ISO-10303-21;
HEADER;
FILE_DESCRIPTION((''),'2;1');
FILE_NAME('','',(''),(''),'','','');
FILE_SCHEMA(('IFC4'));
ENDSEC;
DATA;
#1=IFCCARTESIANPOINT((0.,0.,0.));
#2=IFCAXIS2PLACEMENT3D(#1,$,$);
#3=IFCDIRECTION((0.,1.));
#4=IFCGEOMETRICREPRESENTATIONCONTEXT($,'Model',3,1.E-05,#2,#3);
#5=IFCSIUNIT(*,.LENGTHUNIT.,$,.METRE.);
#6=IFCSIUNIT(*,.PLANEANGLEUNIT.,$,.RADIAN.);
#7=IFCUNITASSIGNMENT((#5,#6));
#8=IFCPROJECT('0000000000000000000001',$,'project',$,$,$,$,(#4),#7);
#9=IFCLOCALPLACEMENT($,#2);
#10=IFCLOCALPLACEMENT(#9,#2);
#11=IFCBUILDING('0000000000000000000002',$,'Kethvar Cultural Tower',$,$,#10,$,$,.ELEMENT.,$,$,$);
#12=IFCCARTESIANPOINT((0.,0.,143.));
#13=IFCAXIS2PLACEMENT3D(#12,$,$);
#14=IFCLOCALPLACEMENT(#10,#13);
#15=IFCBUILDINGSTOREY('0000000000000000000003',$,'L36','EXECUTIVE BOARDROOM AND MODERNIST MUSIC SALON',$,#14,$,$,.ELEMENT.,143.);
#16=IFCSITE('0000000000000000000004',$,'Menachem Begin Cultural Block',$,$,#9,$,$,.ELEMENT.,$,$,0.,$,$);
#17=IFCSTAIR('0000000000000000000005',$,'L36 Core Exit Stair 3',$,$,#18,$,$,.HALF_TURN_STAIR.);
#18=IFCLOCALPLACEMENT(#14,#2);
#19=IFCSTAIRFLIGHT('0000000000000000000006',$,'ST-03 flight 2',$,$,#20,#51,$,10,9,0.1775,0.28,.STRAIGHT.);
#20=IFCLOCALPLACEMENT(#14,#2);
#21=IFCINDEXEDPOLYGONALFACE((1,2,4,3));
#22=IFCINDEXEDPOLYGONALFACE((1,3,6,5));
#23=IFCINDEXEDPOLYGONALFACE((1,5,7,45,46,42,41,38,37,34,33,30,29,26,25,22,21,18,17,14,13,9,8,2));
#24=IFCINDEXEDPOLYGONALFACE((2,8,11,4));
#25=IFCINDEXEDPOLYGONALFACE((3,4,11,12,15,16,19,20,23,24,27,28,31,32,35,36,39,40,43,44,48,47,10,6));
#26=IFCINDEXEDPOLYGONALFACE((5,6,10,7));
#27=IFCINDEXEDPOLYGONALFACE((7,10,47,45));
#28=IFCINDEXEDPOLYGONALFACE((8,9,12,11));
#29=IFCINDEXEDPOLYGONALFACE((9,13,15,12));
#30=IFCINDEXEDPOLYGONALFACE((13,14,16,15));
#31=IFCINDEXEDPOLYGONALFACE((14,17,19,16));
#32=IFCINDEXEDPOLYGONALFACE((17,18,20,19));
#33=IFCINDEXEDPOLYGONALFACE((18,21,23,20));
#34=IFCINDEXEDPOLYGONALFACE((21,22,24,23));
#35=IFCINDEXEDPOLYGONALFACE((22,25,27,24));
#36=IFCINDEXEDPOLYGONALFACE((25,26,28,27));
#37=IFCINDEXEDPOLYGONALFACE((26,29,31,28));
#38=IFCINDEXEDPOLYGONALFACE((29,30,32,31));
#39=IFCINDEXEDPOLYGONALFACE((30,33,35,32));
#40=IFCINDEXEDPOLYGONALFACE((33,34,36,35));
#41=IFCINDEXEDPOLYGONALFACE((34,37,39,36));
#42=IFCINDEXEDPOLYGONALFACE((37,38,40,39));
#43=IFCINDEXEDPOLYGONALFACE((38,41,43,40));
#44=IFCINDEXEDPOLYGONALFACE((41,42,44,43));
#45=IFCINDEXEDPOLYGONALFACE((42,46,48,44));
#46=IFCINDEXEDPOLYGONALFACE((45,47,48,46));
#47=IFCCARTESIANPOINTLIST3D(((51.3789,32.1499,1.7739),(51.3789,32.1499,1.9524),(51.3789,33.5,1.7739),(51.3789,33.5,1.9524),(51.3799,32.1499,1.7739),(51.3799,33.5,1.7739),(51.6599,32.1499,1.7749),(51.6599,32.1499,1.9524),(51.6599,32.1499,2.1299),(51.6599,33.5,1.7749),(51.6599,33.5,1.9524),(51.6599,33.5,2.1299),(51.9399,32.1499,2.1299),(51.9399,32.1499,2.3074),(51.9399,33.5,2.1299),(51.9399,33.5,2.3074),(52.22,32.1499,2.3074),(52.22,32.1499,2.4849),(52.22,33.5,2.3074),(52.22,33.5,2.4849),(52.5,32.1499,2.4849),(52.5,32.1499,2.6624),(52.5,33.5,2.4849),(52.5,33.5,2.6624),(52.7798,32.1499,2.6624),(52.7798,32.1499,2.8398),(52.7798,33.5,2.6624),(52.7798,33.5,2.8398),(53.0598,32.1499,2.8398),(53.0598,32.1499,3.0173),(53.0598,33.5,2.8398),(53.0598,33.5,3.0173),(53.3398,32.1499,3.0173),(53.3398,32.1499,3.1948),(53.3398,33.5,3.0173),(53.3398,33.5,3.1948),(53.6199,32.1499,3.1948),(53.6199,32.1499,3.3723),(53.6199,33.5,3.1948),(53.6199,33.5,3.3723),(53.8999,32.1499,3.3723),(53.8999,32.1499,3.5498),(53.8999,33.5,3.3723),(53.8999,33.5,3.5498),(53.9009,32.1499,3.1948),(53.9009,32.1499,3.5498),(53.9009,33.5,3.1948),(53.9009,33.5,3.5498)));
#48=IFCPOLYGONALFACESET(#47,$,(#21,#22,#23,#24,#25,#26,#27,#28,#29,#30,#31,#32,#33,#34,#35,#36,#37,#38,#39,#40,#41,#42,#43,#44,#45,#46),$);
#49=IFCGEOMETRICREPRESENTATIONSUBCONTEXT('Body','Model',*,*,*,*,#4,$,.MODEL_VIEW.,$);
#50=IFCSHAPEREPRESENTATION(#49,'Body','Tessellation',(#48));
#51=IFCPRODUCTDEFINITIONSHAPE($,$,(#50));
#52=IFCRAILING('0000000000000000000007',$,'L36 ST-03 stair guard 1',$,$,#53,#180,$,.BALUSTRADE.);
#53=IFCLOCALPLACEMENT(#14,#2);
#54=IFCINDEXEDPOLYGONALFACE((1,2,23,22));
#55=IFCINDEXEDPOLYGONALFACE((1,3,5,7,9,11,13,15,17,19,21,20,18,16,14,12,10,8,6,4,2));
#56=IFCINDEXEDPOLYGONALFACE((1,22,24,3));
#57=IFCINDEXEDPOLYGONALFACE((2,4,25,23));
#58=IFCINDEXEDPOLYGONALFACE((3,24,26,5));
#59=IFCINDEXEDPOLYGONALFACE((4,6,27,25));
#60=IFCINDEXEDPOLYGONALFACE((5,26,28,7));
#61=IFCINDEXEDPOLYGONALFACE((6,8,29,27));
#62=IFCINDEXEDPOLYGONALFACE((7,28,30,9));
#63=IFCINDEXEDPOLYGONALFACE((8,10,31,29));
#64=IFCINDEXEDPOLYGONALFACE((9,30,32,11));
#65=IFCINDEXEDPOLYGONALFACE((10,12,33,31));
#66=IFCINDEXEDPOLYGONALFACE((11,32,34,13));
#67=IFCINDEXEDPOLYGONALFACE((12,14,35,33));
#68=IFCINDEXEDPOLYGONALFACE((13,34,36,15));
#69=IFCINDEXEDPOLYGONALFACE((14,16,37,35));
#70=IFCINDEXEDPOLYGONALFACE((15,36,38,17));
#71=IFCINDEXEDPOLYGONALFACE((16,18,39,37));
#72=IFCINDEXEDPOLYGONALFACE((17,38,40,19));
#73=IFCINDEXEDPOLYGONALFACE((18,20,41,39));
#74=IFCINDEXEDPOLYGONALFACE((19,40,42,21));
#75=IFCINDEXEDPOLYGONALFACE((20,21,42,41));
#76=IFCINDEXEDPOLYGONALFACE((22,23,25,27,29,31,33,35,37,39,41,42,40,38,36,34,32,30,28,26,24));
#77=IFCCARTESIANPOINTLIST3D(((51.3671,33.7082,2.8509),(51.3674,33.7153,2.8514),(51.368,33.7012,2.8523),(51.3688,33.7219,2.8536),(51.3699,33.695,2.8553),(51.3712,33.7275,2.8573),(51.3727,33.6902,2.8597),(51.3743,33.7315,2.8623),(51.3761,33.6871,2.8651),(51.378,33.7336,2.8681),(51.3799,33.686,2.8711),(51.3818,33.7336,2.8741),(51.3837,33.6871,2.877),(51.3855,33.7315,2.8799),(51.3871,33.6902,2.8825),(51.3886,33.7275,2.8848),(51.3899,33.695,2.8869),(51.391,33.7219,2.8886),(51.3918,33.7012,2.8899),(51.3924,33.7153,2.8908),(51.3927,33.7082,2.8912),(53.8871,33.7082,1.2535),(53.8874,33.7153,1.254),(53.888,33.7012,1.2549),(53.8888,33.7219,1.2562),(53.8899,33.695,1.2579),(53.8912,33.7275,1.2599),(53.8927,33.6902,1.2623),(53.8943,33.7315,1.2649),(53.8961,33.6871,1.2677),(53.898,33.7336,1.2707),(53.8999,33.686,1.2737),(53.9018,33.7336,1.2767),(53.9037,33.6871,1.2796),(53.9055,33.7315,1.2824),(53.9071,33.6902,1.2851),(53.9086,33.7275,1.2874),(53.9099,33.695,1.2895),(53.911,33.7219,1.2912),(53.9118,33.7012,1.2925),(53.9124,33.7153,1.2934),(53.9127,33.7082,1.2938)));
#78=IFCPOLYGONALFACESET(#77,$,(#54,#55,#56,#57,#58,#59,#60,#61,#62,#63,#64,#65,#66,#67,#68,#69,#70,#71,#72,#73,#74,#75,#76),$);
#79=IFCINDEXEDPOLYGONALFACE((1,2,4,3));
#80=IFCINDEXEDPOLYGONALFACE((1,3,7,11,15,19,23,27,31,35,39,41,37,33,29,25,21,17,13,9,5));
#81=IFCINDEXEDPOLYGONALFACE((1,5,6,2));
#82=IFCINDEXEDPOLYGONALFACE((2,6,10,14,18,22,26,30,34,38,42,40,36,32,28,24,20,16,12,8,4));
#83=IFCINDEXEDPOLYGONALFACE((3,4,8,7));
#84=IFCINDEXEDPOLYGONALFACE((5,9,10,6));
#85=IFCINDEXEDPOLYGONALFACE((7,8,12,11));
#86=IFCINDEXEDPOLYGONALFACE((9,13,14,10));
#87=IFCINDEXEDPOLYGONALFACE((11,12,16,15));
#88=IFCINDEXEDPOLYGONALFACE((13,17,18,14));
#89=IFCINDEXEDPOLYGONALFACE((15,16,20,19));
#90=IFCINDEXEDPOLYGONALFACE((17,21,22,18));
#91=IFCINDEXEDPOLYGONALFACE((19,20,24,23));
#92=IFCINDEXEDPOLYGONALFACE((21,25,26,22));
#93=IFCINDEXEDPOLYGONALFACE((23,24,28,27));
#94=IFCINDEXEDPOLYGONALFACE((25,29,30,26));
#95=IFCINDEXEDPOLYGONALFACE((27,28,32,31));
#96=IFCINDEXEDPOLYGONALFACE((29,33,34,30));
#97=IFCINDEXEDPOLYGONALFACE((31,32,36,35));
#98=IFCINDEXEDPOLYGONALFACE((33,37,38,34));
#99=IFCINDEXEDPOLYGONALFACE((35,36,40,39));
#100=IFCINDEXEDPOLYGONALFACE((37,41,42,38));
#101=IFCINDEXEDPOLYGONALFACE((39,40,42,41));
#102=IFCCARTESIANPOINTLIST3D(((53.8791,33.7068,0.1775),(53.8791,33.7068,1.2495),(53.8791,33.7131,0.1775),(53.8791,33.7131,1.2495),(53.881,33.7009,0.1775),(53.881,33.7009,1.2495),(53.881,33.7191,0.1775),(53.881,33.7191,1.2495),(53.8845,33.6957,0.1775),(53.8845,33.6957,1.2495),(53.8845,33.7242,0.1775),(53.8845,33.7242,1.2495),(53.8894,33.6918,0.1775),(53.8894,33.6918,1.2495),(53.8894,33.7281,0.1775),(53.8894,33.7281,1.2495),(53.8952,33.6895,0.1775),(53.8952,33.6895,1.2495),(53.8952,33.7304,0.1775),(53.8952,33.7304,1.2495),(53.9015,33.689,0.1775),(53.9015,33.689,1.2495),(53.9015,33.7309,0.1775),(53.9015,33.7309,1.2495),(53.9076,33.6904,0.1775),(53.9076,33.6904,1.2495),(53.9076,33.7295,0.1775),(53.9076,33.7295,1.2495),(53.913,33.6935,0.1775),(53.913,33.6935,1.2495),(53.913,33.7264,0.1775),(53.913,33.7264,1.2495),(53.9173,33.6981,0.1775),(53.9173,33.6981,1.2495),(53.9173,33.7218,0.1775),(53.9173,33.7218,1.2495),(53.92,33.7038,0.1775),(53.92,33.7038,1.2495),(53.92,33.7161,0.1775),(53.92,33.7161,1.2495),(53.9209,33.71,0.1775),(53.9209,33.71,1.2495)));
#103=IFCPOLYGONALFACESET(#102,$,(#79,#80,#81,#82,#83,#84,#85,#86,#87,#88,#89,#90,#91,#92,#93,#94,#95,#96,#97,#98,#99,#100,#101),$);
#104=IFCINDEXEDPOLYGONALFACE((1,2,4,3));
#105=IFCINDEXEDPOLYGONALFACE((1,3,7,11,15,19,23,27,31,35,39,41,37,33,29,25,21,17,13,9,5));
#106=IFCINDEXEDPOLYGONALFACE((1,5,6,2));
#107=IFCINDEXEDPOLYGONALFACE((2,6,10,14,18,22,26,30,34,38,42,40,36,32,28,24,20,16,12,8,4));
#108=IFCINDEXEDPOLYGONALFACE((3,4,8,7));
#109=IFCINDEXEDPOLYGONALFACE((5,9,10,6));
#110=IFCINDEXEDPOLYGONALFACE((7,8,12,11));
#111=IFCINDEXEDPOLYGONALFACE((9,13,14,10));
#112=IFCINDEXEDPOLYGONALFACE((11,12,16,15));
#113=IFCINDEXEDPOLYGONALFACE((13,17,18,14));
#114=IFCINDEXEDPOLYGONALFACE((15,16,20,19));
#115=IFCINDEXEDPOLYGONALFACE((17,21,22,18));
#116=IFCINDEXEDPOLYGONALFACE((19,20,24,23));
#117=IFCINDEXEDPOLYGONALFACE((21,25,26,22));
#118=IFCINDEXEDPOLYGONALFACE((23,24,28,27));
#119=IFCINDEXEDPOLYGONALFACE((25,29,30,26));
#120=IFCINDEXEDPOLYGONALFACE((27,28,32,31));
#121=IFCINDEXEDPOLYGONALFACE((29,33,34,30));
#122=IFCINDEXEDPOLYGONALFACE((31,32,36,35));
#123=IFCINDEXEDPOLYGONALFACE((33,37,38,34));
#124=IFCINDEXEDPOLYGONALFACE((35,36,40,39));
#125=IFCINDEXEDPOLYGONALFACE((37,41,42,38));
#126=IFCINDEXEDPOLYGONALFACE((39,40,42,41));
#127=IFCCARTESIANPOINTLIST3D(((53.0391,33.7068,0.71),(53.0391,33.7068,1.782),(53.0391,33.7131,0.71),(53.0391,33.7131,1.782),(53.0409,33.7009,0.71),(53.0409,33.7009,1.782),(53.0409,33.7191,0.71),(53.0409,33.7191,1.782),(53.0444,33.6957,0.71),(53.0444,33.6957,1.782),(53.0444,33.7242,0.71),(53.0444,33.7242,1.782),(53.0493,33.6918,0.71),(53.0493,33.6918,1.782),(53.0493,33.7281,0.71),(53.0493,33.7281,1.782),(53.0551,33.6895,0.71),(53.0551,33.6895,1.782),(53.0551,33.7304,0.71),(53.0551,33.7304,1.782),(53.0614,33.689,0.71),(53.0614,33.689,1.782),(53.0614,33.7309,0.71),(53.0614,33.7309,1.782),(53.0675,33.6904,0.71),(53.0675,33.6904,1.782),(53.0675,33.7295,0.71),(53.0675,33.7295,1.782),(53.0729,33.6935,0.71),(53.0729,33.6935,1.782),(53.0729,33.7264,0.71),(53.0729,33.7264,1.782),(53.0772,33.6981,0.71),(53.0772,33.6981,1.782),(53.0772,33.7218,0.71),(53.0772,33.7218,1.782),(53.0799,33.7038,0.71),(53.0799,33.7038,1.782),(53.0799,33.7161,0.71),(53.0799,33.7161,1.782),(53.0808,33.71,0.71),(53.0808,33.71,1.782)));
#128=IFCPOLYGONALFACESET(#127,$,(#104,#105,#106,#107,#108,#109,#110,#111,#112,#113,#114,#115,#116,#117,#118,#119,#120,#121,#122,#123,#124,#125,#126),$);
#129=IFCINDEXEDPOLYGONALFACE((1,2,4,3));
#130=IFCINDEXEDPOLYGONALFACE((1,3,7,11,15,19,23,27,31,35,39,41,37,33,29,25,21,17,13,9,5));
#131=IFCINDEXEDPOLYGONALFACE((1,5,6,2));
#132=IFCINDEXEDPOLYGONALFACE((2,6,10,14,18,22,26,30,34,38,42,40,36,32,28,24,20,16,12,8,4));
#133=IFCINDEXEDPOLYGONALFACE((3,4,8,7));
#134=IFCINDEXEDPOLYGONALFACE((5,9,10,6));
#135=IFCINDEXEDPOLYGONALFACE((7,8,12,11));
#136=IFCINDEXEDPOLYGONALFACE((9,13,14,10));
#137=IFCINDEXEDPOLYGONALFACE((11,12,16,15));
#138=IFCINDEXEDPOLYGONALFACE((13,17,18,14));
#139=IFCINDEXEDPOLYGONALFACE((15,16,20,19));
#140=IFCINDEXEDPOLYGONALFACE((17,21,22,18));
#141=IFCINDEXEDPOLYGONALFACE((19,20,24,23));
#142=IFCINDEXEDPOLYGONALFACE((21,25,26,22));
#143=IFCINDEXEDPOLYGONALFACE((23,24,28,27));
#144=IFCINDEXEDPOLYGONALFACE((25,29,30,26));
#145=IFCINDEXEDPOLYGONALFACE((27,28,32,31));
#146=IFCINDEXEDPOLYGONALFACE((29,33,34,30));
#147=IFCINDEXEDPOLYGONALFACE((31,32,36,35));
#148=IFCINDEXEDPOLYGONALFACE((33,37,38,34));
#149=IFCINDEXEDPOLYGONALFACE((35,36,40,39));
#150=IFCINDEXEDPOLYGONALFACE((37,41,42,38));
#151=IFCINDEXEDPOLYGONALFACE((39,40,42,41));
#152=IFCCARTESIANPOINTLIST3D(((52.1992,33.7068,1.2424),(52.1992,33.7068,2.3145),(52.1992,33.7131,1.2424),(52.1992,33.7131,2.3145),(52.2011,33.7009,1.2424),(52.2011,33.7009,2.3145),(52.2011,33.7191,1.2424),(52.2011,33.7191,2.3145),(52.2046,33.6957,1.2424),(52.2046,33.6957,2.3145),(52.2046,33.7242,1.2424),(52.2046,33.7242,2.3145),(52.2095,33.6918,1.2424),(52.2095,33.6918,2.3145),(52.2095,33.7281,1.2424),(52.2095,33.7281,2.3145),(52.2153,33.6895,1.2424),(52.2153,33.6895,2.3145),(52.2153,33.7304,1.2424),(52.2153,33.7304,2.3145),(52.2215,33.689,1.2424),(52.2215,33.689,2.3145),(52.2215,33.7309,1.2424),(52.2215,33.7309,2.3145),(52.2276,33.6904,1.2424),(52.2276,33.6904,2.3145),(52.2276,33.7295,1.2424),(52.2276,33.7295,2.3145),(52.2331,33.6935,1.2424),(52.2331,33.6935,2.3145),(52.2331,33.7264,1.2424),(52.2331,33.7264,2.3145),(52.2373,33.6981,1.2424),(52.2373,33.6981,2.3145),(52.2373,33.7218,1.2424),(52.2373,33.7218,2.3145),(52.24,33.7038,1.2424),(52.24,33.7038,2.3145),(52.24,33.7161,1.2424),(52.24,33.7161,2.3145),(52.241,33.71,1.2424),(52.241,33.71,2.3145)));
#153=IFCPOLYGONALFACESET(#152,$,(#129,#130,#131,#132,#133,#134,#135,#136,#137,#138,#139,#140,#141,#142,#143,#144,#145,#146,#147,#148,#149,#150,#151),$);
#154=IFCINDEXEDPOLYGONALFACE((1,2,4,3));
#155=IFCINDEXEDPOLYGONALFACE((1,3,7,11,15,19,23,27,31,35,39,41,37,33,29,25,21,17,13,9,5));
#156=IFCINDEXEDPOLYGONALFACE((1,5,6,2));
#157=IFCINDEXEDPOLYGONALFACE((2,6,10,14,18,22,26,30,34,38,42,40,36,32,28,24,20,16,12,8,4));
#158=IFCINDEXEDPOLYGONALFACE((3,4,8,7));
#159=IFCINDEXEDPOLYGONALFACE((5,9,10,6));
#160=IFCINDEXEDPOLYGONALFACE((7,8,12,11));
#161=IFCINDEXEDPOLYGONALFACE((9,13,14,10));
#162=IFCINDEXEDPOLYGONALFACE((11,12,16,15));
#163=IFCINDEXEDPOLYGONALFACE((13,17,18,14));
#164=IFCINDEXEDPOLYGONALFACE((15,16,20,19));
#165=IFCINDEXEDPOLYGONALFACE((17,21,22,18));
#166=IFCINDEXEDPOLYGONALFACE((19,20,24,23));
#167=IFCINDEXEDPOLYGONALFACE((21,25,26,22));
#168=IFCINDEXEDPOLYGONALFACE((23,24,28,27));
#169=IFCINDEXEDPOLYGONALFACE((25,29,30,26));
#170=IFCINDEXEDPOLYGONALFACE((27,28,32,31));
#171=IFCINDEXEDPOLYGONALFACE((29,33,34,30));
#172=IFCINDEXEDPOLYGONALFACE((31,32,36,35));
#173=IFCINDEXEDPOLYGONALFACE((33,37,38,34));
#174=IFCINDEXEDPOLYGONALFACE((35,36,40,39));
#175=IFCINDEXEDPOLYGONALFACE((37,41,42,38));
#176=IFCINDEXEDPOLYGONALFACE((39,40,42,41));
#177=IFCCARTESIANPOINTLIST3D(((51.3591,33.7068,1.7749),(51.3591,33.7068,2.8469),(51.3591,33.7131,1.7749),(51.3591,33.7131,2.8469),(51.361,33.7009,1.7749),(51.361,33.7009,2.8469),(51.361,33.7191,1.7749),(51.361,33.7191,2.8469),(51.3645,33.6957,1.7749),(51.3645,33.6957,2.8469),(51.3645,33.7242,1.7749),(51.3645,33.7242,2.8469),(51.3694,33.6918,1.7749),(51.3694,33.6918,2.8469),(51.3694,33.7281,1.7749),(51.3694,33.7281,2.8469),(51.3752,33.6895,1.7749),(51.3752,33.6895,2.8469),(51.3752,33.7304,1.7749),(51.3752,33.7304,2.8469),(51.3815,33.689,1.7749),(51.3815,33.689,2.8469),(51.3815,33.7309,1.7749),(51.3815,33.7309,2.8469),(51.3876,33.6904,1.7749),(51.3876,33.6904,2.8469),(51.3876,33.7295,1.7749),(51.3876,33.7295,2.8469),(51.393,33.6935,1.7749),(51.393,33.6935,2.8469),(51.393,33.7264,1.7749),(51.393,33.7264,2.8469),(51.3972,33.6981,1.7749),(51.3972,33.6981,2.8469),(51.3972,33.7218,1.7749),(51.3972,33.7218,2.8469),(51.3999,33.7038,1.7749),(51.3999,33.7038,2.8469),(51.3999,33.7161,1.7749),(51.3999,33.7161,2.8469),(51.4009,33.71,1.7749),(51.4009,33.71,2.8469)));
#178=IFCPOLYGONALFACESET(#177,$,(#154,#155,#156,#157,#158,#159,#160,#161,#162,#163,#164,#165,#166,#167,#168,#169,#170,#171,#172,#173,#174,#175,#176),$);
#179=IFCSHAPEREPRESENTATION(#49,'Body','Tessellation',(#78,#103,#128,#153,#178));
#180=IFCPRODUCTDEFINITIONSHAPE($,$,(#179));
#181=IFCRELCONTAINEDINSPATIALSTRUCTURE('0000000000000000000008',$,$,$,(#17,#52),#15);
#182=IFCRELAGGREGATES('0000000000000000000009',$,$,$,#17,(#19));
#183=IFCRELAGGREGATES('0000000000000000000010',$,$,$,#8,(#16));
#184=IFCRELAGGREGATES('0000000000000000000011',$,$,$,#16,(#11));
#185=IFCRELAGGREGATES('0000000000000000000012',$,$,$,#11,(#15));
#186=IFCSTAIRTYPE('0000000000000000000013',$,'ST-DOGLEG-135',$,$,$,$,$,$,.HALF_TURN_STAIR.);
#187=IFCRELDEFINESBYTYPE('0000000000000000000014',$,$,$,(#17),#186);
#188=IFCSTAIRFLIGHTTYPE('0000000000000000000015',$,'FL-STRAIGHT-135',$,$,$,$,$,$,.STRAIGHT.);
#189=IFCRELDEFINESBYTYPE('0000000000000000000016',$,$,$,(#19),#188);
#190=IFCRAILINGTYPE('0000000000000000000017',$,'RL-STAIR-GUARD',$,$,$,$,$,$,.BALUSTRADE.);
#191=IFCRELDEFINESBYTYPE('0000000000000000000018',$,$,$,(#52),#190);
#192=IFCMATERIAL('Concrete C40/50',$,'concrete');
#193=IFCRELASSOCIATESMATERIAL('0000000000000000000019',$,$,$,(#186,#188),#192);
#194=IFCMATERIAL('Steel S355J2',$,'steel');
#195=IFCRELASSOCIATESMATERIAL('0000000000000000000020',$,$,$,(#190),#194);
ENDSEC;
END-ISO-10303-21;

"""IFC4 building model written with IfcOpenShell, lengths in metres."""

from ifc_helpers import new_model, si_unit, direction, frame, origin, origin_2d, place, context, subcontext, project, spatial, polyline, circle, outline, extrude, material, type_object, element, aggregate, save


model = new_model("IFC4")

# Units and contexts
model_context = context("Model", 3, precision=1e-05, world=origin(), true_north=direction((0.0, 1.0)))
body_context = subcontext(model_context, "Body", "Model", "MODEL_VIEW")
ifc_project = project(units=[si_unit("LENGTHUNIT", "METRE"), si_unit("PLANEANGLEUNIT", "RADIAN")], contexts=[model_context])

# Site, building, storey
site_placement = place(None, origin())
site = spatial("IfcSite", under=ifc_project, at=site_placement, Name="Menachem Begin Cultural Block", CompositionType="ELEMENT", RefElevation=0.0)
building_placement = place(site_placement, origin())
building = spatial("IfcBuilding", under=site, at=building_placement, Name="Kethvar Cultural Tower", CompositionType="ELEMENT")
storey_placement = place(building_placement, frame((0.0, 0.0, 143.0)))
storey = spatial("IfcBuildingStorey", under=building, at=storey_placement, Name="L36", Description="EXECUTIVE BOARDROOM AND MODERNIST MUSIC SALON", CompositionType="ELEMENT", Elevation=143.0)

# Shared definitions
ifc_material_1 = material(Name="Steel S355J2", Category="steel")

# Shared definitions
ifc_material_2 = material(Name="Concrete C40/50", Category="concrete")

# Stair, stair flight
stair_type = type_object("IfcStairType", Name="ST-DOGLEG-135", PredefinedType="HALF_TURN_STAIR", material=ifc_material_2)
stair_placement = place(storey_placement, origin())
stair = element("IfcStair", 1, at=stair_placement, inside=storey, type_object=stair_type, Name="L36 Core Exit Stair 3", PredefinedType="HALF_TURN_STAIR")
stair_flight_type = type_object("IfcStairFlightType", Name="FL-STRAIGHT-135", PredefinedType="STRAIGHT", material=ifc_material_2)
stair_flight_1_placement = place(storey_placement, frame((51.3799, 32.825, 1.7749), z_axis=(0.0, 0.0, 1.0), x_axis=(1.0, 0.0, 0.0)))
stair_flight_1 = element("IfcStairFlight", 2, at=stair_flight_1_placement, type_object=stair_flight_type, Name="ST-03 flight 2", NumberOfRisers=10, NumberOfTreads=9, PredefinedType="STRAIGHT", RiserHeight=0.1775, TreadLength=0.28, context=body_context, shape_type="SweptSolid", body=[
    extrude(outline(polyline([(-0.001, -0.001), (-0.001, 0.1775), (0.28, 0.1775), (0.28, 0.355), (0.5601, 0.355), (0.5601, 0.5325), (0.8401, 0.5325), (0.8401, 0.71), (1.1201, 0.71), (1.1201, 0.8875), (1.3999, 0.8875), (1.3999, 1.0649), (1.6799, 1.0649), (1.6799, 1.2424), (1.96, 1.2424), (1.96, 1.4199), (2.24, 1.4199), (2.24, 1.5974), (2.52, 1.5974), (2.52, 1.7749), (2.521, 1.7749), (2.521, 1.4199), (0.28, 0.0), (0.0, -0.001), (-0.001, -0.001)])), frame((0.0, 0.675, 0.0), z_axis=(0.0, -1.0, 0.0), x_axis=(1.0, 0.0, 0.0)), (0.0, 0.0, 1.0), 1.3501),
])
aggregate(stair, [stair_flight_1])

# Railing
railing_type_1 = type_object("IfcRailingType", Name="RL-STAIR-GUARD", PredefinedType="BALUSTRADE", material=ifc_material_1)
railing_1_placement = place(storey_placement, frame((53.8999, 33.71, 0.1775)))
element("IfcRailing", 3, at=railing_1_placement, inside=storey, type_object=railing_type_1, Name="L36 ST-03 stair guard 1", PredefinedType="BALUSTRADE", context=body_context, shape_type="SweptSolid", body=[
    extrude(circle(Radius=0.0239, at=origin_2d()), frame((0.0, 0.0, 1.0962), z_axis=(-0.844607, 0.0, 0.535387), x_axis=(0.0, -1.0, 0.0)), (0.0, 0.0, 1.0), 2.9836),
    extrude(circle(Radius=0.021, at=origin_2d()), origin(), (0.0, 0.0, 1.0), 1.072),
    extrude(circle(Radius=0.021, at=origin_2d()), frame((-0.8401, 0.0, 0.5325)), (0.0, 0.0, 1.0), 1.072),
    extrude(circle(Radius=0.021, at=origin_2d()), frame((-1.6799, 0.0, 1.0649)), (0.0, 0.0, 1.0), 1.072),
    extrude(circle(Radius=0.021, at=origin_2d()), frame((-2.52, 0.0, 1.5974)), (0.0, 0.0, 1.0), 1.072),
])

save(model, "model.ifc")
